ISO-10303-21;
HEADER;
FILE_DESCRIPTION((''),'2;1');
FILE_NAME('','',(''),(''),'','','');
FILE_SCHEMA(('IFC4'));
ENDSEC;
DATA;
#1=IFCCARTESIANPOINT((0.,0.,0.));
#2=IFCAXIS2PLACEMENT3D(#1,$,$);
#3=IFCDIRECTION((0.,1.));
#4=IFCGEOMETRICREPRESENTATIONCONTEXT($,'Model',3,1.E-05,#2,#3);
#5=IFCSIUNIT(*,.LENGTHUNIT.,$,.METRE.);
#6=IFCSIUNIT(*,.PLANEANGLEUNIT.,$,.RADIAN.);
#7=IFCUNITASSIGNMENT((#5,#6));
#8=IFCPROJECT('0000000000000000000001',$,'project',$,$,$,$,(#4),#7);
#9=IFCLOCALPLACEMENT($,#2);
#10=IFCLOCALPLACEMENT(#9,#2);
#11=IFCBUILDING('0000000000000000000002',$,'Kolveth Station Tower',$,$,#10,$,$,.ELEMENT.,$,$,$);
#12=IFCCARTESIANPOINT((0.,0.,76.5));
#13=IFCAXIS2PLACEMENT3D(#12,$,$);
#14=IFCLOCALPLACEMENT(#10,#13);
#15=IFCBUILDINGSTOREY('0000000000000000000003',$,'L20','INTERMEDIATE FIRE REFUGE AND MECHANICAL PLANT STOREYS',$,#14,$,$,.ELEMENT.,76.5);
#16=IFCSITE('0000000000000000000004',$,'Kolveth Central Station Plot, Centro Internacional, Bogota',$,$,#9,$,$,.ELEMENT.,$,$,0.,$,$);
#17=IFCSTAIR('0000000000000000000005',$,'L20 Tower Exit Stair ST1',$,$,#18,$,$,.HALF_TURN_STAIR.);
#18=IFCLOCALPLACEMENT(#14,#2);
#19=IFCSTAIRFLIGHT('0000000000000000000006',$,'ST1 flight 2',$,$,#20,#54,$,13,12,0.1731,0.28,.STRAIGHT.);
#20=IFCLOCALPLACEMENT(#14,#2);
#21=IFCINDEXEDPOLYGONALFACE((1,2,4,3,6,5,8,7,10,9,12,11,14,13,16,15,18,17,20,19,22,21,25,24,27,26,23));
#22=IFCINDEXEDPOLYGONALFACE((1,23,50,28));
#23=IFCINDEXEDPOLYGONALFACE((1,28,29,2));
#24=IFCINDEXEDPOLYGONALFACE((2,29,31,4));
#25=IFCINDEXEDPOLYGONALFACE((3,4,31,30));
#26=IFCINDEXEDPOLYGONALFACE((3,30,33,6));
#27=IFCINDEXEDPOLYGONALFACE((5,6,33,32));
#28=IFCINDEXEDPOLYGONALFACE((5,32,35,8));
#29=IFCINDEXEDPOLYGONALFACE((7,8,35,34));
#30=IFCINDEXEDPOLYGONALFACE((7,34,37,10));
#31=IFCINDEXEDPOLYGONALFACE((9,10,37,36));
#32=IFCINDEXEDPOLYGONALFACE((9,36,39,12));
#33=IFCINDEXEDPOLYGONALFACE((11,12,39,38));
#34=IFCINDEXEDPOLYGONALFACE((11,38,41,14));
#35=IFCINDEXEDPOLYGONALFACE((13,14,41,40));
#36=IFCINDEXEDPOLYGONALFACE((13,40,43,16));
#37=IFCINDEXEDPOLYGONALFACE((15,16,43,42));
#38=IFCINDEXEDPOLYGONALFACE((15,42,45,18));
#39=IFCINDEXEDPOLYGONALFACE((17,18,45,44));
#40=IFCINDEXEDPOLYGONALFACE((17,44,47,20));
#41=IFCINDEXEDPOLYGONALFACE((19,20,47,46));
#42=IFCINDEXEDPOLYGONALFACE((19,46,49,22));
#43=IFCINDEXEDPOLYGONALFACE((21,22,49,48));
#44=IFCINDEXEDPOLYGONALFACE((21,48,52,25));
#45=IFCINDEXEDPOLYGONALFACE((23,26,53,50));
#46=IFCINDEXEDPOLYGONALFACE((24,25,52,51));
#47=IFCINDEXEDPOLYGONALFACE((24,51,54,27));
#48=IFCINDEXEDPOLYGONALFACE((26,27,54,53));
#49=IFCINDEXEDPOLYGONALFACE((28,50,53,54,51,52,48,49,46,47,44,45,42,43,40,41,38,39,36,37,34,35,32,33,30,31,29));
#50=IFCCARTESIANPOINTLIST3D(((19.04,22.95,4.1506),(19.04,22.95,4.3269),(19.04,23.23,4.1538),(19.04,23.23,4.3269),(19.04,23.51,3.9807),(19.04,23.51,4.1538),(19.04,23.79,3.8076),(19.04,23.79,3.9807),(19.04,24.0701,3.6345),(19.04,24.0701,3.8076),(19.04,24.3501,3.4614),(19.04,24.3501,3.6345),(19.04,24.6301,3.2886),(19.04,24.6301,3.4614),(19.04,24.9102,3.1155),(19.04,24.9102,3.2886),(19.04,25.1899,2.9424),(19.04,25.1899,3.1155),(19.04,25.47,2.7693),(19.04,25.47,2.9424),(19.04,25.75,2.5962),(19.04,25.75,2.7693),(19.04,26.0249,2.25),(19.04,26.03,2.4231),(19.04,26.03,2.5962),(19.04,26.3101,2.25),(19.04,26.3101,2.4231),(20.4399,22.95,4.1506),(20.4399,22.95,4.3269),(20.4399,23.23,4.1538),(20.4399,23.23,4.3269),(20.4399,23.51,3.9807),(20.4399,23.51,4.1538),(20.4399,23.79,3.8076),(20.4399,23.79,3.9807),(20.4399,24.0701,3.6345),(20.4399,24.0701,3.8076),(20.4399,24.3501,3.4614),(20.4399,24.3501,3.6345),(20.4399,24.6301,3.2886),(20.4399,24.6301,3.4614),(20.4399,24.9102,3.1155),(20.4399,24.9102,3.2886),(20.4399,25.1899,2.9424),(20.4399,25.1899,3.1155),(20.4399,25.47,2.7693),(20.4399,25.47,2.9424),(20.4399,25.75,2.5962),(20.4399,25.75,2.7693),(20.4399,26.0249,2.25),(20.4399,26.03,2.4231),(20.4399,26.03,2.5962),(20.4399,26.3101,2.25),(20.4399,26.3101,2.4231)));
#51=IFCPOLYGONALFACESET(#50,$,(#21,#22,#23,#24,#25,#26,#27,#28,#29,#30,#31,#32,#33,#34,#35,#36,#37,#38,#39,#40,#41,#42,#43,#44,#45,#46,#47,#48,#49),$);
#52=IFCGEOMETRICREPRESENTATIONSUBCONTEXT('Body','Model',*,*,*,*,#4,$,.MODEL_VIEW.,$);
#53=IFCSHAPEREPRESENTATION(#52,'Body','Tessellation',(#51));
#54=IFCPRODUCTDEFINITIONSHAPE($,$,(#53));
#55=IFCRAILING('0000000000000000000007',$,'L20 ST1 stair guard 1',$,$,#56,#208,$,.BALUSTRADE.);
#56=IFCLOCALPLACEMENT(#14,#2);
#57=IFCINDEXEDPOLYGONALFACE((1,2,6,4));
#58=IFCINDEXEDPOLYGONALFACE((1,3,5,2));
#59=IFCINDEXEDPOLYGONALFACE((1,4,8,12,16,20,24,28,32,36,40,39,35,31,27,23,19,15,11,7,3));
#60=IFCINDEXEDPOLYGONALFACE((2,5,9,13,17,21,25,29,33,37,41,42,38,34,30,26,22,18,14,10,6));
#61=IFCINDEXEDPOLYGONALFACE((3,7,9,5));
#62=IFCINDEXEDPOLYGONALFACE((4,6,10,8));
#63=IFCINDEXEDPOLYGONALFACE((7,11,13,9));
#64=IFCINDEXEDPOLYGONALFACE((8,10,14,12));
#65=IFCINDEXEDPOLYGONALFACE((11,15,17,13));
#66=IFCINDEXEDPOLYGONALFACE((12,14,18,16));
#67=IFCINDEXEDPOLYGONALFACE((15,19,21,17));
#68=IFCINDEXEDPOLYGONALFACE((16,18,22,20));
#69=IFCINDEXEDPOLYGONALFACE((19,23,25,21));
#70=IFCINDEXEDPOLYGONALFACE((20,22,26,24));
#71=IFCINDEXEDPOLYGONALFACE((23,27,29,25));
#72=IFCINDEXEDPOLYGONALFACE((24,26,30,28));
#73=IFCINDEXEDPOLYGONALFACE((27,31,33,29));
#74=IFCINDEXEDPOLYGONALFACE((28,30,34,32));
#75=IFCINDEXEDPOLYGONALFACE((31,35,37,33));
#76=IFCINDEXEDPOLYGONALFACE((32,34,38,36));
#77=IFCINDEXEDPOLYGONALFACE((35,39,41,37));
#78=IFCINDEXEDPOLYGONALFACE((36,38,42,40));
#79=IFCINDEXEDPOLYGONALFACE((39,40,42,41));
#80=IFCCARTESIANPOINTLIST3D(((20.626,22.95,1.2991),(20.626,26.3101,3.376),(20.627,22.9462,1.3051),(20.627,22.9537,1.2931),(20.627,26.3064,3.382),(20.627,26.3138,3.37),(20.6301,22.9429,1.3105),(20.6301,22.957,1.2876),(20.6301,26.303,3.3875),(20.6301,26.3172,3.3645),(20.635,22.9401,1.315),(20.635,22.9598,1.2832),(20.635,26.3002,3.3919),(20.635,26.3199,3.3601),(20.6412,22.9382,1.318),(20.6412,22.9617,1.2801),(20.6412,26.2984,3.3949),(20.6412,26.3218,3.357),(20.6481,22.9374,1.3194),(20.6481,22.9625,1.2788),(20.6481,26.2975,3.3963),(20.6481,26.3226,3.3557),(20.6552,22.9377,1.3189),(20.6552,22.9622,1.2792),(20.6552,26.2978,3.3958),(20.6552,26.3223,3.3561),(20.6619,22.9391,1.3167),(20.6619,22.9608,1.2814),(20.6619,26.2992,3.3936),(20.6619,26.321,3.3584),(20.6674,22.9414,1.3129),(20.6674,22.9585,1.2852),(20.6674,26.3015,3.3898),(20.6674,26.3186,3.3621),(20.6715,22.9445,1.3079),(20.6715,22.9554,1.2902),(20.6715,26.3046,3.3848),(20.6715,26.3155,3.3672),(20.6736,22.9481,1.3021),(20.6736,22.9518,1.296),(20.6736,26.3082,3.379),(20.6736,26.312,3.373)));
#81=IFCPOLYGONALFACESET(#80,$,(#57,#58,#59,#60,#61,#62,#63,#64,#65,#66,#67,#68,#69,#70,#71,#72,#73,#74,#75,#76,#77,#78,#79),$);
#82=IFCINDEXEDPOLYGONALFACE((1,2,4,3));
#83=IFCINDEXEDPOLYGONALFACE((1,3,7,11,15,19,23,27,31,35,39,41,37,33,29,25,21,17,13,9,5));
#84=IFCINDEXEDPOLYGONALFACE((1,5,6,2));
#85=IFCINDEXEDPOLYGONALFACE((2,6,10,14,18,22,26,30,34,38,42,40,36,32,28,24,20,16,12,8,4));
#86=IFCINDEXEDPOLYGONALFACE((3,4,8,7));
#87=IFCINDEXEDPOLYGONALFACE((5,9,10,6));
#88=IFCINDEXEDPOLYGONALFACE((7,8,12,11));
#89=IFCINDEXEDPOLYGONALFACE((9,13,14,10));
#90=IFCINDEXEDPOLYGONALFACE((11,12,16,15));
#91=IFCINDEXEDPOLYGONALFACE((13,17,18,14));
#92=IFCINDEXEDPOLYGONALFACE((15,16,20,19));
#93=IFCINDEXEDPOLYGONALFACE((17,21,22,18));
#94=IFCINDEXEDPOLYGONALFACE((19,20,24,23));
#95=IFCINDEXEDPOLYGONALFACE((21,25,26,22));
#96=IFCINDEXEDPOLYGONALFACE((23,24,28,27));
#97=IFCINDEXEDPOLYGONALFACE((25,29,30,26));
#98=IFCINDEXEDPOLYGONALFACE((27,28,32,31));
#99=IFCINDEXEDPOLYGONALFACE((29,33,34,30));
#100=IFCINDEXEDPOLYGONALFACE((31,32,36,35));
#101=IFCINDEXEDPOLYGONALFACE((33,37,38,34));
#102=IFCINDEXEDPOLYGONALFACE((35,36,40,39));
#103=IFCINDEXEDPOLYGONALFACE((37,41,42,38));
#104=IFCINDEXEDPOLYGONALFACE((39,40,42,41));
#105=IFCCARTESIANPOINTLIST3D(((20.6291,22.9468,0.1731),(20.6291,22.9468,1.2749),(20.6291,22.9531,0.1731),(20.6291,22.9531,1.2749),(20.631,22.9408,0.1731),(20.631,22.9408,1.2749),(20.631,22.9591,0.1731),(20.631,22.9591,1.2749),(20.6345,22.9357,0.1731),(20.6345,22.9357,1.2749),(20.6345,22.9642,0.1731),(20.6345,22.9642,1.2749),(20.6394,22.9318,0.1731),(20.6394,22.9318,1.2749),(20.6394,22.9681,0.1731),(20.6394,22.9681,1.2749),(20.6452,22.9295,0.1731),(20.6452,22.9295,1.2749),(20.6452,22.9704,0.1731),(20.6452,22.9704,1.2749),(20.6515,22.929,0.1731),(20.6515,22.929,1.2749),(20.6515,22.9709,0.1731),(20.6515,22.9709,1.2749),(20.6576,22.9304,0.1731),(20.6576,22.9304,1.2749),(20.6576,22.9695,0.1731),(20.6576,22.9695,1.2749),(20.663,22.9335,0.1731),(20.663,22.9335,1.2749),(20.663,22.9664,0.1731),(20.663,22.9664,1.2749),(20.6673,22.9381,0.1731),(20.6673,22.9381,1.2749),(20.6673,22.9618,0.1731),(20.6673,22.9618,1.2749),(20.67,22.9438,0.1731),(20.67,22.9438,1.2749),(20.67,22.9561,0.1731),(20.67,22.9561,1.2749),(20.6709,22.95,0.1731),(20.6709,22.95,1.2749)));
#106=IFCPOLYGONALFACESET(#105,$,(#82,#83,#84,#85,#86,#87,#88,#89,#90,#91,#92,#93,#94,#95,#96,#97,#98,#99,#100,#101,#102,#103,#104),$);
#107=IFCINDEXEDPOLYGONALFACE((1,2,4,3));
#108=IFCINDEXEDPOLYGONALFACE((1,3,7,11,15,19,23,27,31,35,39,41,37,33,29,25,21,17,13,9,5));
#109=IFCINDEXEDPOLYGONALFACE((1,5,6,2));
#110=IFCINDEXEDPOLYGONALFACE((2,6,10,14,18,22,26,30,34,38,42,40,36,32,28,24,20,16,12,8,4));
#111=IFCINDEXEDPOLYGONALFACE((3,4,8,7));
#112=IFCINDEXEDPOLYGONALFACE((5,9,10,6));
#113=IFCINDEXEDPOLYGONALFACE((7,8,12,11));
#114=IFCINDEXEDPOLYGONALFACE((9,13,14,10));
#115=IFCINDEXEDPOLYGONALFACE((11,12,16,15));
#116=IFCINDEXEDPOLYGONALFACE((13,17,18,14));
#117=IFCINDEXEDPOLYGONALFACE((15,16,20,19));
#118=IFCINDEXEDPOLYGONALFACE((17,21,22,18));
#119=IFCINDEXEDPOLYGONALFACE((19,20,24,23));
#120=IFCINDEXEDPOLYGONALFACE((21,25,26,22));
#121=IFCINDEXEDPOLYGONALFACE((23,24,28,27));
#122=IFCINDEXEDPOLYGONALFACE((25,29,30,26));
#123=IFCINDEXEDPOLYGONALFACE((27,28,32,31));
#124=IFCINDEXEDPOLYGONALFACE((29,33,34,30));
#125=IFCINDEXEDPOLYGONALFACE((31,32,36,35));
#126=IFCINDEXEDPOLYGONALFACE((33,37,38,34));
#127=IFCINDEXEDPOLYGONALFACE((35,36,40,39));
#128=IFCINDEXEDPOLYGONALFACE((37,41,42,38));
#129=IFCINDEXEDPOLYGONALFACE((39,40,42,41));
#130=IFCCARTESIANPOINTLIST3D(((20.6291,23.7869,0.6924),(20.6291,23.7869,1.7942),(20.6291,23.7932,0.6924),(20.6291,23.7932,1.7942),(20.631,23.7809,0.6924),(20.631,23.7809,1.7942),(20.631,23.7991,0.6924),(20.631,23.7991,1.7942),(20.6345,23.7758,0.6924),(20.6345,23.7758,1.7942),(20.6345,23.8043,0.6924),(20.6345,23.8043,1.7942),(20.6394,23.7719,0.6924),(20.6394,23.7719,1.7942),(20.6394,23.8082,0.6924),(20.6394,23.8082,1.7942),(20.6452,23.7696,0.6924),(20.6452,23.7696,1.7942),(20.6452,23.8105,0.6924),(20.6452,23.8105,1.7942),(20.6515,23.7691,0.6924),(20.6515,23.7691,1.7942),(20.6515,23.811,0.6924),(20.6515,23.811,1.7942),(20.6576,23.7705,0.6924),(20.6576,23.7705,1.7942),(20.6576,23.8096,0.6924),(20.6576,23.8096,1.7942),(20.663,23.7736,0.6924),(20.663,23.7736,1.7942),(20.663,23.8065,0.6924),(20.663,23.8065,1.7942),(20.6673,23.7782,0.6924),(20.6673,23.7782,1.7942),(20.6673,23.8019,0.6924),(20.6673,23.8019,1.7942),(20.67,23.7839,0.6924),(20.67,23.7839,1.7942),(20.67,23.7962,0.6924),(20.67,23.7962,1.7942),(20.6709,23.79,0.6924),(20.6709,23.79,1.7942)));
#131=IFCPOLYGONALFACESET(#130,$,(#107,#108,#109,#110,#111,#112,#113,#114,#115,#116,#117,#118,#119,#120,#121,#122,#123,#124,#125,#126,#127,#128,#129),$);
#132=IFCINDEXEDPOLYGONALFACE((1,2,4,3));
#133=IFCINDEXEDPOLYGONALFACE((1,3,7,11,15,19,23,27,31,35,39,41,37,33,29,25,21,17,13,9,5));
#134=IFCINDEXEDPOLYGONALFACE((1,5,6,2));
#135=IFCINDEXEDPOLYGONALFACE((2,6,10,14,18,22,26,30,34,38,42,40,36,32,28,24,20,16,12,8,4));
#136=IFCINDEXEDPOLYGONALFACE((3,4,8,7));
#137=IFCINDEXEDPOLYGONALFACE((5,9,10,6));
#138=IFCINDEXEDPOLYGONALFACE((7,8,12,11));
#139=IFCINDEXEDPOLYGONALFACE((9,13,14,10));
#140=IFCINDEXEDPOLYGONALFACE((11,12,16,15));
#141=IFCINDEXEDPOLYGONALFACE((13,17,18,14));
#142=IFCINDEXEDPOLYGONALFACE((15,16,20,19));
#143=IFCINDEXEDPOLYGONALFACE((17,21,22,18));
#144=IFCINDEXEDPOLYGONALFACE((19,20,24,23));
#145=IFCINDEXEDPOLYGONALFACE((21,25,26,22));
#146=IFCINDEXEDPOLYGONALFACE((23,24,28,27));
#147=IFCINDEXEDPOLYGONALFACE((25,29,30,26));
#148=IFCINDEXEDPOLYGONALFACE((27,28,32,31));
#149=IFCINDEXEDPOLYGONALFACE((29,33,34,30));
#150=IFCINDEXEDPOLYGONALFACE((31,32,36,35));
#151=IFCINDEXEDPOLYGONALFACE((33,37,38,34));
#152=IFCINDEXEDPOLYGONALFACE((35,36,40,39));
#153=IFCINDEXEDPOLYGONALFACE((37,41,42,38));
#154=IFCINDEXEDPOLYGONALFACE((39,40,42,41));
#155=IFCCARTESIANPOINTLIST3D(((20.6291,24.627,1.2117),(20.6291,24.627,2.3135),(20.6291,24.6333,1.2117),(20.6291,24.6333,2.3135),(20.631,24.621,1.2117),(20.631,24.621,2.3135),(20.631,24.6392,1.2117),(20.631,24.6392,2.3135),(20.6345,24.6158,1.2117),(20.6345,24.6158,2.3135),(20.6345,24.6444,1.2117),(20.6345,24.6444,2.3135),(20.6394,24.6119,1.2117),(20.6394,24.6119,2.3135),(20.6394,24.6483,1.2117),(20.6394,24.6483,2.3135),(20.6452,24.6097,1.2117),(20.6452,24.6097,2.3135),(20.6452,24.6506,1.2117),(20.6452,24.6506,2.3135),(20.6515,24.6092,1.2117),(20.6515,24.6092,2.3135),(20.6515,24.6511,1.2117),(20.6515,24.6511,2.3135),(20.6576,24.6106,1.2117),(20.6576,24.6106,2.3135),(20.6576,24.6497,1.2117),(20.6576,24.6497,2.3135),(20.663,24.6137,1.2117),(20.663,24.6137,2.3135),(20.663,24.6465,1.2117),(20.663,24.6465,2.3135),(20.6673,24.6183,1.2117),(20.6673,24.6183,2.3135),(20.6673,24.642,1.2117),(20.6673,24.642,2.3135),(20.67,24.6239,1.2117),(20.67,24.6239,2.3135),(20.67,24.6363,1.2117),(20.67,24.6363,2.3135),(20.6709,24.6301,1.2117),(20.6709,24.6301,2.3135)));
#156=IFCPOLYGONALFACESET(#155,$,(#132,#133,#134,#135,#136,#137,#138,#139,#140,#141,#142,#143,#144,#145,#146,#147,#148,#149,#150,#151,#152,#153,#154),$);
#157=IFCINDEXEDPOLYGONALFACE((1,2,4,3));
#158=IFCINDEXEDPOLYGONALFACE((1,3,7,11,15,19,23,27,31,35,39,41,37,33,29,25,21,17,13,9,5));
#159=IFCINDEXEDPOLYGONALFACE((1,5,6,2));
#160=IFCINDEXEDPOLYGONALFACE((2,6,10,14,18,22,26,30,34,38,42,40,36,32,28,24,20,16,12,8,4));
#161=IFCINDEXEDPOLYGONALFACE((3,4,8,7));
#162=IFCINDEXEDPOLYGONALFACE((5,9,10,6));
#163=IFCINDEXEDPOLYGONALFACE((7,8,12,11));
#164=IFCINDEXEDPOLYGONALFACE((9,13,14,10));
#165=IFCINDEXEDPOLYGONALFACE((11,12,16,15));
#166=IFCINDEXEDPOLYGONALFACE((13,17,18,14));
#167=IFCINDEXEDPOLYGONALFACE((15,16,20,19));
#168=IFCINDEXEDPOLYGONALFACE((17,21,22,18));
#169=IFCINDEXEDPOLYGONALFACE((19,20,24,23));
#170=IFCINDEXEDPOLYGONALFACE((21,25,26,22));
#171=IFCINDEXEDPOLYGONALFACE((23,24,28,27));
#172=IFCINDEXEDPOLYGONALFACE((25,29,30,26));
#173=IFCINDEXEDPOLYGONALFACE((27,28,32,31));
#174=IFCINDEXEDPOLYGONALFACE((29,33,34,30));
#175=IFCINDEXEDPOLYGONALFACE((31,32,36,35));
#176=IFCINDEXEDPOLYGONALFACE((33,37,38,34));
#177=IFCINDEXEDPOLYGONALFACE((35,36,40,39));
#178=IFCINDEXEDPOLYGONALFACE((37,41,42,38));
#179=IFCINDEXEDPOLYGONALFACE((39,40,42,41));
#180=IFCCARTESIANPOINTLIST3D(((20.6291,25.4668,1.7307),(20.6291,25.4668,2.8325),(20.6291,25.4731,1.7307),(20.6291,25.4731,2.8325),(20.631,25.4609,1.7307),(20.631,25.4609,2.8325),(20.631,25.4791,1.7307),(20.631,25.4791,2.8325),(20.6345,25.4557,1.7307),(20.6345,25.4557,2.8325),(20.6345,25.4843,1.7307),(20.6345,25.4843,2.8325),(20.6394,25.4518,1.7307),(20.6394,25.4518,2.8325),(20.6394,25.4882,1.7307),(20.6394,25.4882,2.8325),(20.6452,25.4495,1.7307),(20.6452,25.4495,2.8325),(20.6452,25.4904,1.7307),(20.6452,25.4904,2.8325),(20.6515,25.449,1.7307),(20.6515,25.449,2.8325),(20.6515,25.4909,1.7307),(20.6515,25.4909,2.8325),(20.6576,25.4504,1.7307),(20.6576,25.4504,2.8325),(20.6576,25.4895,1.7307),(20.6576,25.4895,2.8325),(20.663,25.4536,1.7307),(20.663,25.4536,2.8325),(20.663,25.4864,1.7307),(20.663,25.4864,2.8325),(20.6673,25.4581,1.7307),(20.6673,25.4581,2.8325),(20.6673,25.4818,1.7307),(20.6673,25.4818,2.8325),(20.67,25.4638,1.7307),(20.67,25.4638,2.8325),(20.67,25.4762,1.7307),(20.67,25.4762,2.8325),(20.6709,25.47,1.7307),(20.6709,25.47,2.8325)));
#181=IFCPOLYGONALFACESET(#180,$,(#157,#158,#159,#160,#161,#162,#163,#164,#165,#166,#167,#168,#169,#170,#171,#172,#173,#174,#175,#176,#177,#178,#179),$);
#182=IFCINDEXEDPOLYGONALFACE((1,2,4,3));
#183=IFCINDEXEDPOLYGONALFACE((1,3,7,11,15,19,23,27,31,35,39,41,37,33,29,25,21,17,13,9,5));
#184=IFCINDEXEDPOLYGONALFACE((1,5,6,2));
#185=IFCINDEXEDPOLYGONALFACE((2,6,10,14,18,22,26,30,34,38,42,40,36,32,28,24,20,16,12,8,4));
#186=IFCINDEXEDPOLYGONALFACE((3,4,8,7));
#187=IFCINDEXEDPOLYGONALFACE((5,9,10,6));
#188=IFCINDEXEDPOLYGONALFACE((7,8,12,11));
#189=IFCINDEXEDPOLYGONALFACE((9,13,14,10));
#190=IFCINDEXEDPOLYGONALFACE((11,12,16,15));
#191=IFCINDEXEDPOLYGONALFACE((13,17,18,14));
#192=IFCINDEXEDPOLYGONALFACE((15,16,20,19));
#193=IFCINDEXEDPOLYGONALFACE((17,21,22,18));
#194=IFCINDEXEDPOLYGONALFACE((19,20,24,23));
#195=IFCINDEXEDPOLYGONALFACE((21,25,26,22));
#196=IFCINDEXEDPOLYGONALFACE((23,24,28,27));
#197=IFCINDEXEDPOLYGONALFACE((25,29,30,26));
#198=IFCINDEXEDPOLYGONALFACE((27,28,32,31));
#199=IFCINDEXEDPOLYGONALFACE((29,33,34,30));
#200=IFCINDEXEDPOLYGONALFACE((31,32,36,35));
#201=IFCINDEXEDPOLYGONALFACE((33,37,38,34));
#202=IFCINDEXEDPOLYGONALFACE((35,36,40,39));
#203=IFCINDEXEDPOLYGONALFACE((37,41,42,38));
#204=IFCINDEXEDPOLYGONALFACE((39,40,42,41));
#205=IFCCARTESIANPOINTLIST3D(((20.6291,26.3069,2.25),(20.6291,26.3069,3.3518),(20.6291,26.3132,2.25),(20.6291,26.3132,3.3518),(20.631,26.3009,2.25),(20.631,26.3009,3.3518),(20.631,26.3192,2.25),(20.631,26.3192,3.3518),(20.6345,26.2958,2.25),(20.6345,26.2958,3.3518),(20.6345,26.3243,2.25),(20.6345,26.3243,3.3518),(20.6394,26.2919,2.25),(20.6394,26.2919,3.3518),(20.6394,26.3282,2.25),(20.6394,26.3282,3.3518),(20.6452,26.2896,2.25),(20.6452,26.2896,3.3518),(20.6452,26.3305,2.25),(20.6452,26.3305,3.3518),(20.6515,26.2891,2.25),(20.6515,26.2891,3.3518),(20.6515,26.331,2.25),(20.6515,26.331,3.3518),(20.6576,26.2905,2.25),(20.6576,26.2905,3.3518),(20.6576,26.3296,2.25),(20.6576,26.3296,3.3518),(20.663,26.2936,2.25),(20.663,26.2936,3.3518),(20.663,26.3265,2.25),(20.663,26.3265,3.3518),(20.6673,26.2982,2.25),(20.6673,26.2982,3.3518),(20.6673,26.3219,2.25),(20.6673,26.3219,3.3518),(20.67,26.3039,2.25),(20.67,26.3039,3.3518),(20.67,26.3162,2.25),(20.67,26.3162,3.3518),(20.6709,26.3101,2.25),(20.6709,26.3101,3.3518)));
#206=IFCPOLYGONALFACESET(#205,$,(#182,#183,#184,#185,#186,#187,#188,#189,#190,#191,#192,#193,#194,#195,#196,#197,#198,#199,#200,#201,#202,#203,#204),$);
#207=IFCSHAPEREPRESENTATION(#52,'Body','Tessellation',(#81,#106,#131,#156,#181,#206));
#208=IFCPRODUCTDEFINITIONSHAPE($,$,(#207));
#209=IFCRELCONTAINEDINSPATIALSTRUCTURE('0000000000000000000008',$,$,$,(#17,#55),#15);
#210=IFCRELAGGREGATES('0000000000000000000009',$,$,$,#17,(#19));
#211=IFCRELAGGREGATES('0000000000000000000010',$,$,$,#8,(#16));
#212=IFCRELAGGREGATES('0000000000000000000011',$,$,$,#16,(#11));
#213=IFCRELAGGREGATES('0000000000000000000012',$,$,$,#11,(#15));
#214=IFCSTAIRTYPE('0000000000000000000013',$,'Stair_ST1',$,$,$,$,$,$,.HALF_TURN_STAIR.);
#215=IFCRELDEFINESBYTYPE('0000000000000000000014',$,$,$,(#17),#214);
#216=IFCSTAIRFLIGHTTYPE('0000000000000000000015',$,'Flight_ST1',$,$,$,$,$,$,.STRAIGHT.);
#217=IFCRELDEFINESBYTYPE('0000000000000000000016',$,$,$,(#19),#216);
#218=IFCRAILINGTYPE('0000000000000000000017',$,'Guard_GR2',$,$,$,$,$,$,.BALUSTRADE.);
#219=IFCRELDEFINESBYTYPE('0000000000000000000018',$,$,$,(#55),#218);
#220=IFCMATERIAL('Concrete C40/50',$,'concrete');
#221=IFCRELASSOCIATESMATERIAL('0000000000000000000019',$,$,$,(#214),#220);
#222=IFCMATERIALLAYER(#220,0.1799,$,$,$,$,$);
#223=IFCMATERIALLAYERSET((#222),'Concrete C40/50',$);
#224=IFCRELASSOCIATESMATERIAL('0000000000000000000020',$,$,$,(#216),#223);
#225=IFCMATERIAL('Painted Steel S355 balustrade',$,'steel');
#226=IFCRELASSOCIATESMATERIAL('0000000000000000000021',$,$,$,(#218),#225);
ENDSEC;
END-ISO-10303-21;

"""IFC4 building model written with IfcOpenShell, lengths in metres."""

from ifc_helpers import new_model, si_unit, direction, frame, origin, origin_2d, place, context, subcontext, project, spatial, polyline, circle, outline, extrude, material, layer, layer_set, type_object, element, aggregate, save


model = new_model("IFC4")

# Units and contexts
model_context = context("Model", 3, precision=1e-05, world=origin(), true_north=direction((0.0, 1.0)))
body_context = subcontext(model_context, "Body", "Model", "MODEL_VIEW")
ifc_project = project(units=[si_unit("LENGTHUNIT", "METRE"), si_unit("PLANEANGLEUNIT", "RADIAN")], contexts=[model_context])

# Site, building, storey
site_placement = place(None, origin())
site = spatial("IfcSite", under=ifc_project, at=site_placement, Name="Kolveth Central Station Plot, Centro Internacional, Bogota", CompositionType="ELEMENT", RefElevation=0.0)
building_placement = place(site_placement, origin())
building = spatial("IfcBuilding", under=site, at=building_placement, Name="Kolveth Station Tower", CompositionType="ELEMENT")
storey_placement = place(building_placement, frame((0.0, 0.0, 76.5)))
storey = spatial("IfcBuildingStorey", under=building, at=storey_placement, Name="L20", Description="INTERMEDIATE FIRE REFUGE AND MECHANICAL PLANT STOREYS", CompositionType="ELEMENT", Elevation=76.5)

# Shared definitions
ifc_material_1 = material(Name="Concrete C40/50", Category="concrete")

# Stair, stair flight
stair_type = type_object("IfcStairType", Name="Stair_ST1", PredefinedType="HALF_TURN_STAIR", material=ifc_material_1)
stair_placement = place(storey_placement, origin())
stair = element("IfcStair", 1, at=stair_placement, inside=storey, type_object=stair_type, Name="L20 Tower Exit Stair ST1", PredefinedType="HALF_TURN_STAIR")
ifc_layer_1 = layer(ifc_material_1, 0.1799)
ifc_layer_set_1 = layer_set([ifc_layer_1], Name="Concrete C40/50")
stair_flight_type = type_object("IfcStairFlightType", Name="Flight_ST1", PredefinedType="STRAIGHT", material=ifc_layer_set_1)
stair_flight_placement = place(storey_placement, frame((19.74, 26.3101, 2.25), z_axis=(0.0, 0.0, 1.0), x_axis=(0.0, -1.0, 0.0)))
stair_flight = element("IfcStairFlight", 2, at=stair_flight_placement, type_object=stair_flight_type, Name="ST1 flight 2", NumberOfRisers=13, NumberOfTreads=12, PredefinedType="STRAIGHT", RiserHeight=0.1731, TreadLength=0.28, context=body_context, shape_type="SweptSolid", body=[
    extrude(outline(polyline([(0.0, 0.0), (0.0, 0.1731), (0.28, 0.1731), (0.28, 0.3462), (0.5601, 0.3462), (0.5601, 0.5193), (0.8401, 0.5193), (0.8401, 0.6924), (1.1201, 0.6924), (1.1201, 0.8655), (1.3999, 0.8655), (1.3999, 1.0386), (1.6799, 1.0386), (1.6799, 1.2114), (1.96, 1.2114), (1.96, 1.3845), (2.24, 1.3845), (2.24, 1.5576), (2.52, 1.5576), (2.52, 1.7307), (2.8, 1.7307), (2.8, 1.9038), (3.0801, 1.9038), (3.0801, 2.0769), (3.3601, 2.0769), (3.3601, 2.25), (3.3601, 1.9006), (0.2852, 0.0), (0.0, 0.0)])), frame((0.0, 0.7, 0.0), z_axis=(0.0, -1.0, 0.0), x_axis=(1.0, 0.0, 0.0)), (0.0, 0.0, 1.0), 1.3999),
])
aggregate(stair, [stair_flight])

# Railing
ifc_material_2 = material(Name="Painted Steel S355 balustrade", Category="steel")
railing_type_1 = type_object("IfcRailingType", Name="Guard_GR2", PredefinedType="BALUSTRADE", material=ifc_material_2)
railing_1_placement = place(storey_placement, frame((20.6499, 22.95, 0.1731)))
element("IfcRailing", 3, at=railing_1_placement, inside=storey, type_object=railing_type_1, Name="L20 ST1 stair guard 1", PredefinedType="BALUSTRADE", context=body_context, shape_type="SweptSolid", body=[
    extrude(circle(Radius=0.0239, at=origin_2d()), frame((0.0, 0.0, 1.126), z_axis=(0.0, 0.850623, 0.525776), x_axis=(-1.0, 0.0, 0.0)), (0.0, 0.0, 1.0), 3.9502),
    extrude(circle(Radius=0.021, at=origin_2d()), origin(), (0.0, 0.0, 1.0), 1.1018),
    extrude(circle(Radius=0.021, at=origin_2d()), frame((0.0, 0.8401, 0.5193)), (0.0, 0.0, 1.0), 1.1018),
    extrude(circle(Radius=0.021, at=origin_2d()), frame((0.0, 1.6802, 1.0386)), (0.0, 0.0, 1.0), 1.1018),
    extrude(circle(Radius=0.021, at=origin_2d()), frame((0.0, 2.52, 1.5576)), (0.0, 0.0, 1.0), 1.1018),
    extrude(circle(Radius=0.021, at=origin_2d()), frame((0.0, 3.3601, 2.0769)), (0.0, 0.0, 1.0), 1.1018),
])

save(model, "model.ifc")
